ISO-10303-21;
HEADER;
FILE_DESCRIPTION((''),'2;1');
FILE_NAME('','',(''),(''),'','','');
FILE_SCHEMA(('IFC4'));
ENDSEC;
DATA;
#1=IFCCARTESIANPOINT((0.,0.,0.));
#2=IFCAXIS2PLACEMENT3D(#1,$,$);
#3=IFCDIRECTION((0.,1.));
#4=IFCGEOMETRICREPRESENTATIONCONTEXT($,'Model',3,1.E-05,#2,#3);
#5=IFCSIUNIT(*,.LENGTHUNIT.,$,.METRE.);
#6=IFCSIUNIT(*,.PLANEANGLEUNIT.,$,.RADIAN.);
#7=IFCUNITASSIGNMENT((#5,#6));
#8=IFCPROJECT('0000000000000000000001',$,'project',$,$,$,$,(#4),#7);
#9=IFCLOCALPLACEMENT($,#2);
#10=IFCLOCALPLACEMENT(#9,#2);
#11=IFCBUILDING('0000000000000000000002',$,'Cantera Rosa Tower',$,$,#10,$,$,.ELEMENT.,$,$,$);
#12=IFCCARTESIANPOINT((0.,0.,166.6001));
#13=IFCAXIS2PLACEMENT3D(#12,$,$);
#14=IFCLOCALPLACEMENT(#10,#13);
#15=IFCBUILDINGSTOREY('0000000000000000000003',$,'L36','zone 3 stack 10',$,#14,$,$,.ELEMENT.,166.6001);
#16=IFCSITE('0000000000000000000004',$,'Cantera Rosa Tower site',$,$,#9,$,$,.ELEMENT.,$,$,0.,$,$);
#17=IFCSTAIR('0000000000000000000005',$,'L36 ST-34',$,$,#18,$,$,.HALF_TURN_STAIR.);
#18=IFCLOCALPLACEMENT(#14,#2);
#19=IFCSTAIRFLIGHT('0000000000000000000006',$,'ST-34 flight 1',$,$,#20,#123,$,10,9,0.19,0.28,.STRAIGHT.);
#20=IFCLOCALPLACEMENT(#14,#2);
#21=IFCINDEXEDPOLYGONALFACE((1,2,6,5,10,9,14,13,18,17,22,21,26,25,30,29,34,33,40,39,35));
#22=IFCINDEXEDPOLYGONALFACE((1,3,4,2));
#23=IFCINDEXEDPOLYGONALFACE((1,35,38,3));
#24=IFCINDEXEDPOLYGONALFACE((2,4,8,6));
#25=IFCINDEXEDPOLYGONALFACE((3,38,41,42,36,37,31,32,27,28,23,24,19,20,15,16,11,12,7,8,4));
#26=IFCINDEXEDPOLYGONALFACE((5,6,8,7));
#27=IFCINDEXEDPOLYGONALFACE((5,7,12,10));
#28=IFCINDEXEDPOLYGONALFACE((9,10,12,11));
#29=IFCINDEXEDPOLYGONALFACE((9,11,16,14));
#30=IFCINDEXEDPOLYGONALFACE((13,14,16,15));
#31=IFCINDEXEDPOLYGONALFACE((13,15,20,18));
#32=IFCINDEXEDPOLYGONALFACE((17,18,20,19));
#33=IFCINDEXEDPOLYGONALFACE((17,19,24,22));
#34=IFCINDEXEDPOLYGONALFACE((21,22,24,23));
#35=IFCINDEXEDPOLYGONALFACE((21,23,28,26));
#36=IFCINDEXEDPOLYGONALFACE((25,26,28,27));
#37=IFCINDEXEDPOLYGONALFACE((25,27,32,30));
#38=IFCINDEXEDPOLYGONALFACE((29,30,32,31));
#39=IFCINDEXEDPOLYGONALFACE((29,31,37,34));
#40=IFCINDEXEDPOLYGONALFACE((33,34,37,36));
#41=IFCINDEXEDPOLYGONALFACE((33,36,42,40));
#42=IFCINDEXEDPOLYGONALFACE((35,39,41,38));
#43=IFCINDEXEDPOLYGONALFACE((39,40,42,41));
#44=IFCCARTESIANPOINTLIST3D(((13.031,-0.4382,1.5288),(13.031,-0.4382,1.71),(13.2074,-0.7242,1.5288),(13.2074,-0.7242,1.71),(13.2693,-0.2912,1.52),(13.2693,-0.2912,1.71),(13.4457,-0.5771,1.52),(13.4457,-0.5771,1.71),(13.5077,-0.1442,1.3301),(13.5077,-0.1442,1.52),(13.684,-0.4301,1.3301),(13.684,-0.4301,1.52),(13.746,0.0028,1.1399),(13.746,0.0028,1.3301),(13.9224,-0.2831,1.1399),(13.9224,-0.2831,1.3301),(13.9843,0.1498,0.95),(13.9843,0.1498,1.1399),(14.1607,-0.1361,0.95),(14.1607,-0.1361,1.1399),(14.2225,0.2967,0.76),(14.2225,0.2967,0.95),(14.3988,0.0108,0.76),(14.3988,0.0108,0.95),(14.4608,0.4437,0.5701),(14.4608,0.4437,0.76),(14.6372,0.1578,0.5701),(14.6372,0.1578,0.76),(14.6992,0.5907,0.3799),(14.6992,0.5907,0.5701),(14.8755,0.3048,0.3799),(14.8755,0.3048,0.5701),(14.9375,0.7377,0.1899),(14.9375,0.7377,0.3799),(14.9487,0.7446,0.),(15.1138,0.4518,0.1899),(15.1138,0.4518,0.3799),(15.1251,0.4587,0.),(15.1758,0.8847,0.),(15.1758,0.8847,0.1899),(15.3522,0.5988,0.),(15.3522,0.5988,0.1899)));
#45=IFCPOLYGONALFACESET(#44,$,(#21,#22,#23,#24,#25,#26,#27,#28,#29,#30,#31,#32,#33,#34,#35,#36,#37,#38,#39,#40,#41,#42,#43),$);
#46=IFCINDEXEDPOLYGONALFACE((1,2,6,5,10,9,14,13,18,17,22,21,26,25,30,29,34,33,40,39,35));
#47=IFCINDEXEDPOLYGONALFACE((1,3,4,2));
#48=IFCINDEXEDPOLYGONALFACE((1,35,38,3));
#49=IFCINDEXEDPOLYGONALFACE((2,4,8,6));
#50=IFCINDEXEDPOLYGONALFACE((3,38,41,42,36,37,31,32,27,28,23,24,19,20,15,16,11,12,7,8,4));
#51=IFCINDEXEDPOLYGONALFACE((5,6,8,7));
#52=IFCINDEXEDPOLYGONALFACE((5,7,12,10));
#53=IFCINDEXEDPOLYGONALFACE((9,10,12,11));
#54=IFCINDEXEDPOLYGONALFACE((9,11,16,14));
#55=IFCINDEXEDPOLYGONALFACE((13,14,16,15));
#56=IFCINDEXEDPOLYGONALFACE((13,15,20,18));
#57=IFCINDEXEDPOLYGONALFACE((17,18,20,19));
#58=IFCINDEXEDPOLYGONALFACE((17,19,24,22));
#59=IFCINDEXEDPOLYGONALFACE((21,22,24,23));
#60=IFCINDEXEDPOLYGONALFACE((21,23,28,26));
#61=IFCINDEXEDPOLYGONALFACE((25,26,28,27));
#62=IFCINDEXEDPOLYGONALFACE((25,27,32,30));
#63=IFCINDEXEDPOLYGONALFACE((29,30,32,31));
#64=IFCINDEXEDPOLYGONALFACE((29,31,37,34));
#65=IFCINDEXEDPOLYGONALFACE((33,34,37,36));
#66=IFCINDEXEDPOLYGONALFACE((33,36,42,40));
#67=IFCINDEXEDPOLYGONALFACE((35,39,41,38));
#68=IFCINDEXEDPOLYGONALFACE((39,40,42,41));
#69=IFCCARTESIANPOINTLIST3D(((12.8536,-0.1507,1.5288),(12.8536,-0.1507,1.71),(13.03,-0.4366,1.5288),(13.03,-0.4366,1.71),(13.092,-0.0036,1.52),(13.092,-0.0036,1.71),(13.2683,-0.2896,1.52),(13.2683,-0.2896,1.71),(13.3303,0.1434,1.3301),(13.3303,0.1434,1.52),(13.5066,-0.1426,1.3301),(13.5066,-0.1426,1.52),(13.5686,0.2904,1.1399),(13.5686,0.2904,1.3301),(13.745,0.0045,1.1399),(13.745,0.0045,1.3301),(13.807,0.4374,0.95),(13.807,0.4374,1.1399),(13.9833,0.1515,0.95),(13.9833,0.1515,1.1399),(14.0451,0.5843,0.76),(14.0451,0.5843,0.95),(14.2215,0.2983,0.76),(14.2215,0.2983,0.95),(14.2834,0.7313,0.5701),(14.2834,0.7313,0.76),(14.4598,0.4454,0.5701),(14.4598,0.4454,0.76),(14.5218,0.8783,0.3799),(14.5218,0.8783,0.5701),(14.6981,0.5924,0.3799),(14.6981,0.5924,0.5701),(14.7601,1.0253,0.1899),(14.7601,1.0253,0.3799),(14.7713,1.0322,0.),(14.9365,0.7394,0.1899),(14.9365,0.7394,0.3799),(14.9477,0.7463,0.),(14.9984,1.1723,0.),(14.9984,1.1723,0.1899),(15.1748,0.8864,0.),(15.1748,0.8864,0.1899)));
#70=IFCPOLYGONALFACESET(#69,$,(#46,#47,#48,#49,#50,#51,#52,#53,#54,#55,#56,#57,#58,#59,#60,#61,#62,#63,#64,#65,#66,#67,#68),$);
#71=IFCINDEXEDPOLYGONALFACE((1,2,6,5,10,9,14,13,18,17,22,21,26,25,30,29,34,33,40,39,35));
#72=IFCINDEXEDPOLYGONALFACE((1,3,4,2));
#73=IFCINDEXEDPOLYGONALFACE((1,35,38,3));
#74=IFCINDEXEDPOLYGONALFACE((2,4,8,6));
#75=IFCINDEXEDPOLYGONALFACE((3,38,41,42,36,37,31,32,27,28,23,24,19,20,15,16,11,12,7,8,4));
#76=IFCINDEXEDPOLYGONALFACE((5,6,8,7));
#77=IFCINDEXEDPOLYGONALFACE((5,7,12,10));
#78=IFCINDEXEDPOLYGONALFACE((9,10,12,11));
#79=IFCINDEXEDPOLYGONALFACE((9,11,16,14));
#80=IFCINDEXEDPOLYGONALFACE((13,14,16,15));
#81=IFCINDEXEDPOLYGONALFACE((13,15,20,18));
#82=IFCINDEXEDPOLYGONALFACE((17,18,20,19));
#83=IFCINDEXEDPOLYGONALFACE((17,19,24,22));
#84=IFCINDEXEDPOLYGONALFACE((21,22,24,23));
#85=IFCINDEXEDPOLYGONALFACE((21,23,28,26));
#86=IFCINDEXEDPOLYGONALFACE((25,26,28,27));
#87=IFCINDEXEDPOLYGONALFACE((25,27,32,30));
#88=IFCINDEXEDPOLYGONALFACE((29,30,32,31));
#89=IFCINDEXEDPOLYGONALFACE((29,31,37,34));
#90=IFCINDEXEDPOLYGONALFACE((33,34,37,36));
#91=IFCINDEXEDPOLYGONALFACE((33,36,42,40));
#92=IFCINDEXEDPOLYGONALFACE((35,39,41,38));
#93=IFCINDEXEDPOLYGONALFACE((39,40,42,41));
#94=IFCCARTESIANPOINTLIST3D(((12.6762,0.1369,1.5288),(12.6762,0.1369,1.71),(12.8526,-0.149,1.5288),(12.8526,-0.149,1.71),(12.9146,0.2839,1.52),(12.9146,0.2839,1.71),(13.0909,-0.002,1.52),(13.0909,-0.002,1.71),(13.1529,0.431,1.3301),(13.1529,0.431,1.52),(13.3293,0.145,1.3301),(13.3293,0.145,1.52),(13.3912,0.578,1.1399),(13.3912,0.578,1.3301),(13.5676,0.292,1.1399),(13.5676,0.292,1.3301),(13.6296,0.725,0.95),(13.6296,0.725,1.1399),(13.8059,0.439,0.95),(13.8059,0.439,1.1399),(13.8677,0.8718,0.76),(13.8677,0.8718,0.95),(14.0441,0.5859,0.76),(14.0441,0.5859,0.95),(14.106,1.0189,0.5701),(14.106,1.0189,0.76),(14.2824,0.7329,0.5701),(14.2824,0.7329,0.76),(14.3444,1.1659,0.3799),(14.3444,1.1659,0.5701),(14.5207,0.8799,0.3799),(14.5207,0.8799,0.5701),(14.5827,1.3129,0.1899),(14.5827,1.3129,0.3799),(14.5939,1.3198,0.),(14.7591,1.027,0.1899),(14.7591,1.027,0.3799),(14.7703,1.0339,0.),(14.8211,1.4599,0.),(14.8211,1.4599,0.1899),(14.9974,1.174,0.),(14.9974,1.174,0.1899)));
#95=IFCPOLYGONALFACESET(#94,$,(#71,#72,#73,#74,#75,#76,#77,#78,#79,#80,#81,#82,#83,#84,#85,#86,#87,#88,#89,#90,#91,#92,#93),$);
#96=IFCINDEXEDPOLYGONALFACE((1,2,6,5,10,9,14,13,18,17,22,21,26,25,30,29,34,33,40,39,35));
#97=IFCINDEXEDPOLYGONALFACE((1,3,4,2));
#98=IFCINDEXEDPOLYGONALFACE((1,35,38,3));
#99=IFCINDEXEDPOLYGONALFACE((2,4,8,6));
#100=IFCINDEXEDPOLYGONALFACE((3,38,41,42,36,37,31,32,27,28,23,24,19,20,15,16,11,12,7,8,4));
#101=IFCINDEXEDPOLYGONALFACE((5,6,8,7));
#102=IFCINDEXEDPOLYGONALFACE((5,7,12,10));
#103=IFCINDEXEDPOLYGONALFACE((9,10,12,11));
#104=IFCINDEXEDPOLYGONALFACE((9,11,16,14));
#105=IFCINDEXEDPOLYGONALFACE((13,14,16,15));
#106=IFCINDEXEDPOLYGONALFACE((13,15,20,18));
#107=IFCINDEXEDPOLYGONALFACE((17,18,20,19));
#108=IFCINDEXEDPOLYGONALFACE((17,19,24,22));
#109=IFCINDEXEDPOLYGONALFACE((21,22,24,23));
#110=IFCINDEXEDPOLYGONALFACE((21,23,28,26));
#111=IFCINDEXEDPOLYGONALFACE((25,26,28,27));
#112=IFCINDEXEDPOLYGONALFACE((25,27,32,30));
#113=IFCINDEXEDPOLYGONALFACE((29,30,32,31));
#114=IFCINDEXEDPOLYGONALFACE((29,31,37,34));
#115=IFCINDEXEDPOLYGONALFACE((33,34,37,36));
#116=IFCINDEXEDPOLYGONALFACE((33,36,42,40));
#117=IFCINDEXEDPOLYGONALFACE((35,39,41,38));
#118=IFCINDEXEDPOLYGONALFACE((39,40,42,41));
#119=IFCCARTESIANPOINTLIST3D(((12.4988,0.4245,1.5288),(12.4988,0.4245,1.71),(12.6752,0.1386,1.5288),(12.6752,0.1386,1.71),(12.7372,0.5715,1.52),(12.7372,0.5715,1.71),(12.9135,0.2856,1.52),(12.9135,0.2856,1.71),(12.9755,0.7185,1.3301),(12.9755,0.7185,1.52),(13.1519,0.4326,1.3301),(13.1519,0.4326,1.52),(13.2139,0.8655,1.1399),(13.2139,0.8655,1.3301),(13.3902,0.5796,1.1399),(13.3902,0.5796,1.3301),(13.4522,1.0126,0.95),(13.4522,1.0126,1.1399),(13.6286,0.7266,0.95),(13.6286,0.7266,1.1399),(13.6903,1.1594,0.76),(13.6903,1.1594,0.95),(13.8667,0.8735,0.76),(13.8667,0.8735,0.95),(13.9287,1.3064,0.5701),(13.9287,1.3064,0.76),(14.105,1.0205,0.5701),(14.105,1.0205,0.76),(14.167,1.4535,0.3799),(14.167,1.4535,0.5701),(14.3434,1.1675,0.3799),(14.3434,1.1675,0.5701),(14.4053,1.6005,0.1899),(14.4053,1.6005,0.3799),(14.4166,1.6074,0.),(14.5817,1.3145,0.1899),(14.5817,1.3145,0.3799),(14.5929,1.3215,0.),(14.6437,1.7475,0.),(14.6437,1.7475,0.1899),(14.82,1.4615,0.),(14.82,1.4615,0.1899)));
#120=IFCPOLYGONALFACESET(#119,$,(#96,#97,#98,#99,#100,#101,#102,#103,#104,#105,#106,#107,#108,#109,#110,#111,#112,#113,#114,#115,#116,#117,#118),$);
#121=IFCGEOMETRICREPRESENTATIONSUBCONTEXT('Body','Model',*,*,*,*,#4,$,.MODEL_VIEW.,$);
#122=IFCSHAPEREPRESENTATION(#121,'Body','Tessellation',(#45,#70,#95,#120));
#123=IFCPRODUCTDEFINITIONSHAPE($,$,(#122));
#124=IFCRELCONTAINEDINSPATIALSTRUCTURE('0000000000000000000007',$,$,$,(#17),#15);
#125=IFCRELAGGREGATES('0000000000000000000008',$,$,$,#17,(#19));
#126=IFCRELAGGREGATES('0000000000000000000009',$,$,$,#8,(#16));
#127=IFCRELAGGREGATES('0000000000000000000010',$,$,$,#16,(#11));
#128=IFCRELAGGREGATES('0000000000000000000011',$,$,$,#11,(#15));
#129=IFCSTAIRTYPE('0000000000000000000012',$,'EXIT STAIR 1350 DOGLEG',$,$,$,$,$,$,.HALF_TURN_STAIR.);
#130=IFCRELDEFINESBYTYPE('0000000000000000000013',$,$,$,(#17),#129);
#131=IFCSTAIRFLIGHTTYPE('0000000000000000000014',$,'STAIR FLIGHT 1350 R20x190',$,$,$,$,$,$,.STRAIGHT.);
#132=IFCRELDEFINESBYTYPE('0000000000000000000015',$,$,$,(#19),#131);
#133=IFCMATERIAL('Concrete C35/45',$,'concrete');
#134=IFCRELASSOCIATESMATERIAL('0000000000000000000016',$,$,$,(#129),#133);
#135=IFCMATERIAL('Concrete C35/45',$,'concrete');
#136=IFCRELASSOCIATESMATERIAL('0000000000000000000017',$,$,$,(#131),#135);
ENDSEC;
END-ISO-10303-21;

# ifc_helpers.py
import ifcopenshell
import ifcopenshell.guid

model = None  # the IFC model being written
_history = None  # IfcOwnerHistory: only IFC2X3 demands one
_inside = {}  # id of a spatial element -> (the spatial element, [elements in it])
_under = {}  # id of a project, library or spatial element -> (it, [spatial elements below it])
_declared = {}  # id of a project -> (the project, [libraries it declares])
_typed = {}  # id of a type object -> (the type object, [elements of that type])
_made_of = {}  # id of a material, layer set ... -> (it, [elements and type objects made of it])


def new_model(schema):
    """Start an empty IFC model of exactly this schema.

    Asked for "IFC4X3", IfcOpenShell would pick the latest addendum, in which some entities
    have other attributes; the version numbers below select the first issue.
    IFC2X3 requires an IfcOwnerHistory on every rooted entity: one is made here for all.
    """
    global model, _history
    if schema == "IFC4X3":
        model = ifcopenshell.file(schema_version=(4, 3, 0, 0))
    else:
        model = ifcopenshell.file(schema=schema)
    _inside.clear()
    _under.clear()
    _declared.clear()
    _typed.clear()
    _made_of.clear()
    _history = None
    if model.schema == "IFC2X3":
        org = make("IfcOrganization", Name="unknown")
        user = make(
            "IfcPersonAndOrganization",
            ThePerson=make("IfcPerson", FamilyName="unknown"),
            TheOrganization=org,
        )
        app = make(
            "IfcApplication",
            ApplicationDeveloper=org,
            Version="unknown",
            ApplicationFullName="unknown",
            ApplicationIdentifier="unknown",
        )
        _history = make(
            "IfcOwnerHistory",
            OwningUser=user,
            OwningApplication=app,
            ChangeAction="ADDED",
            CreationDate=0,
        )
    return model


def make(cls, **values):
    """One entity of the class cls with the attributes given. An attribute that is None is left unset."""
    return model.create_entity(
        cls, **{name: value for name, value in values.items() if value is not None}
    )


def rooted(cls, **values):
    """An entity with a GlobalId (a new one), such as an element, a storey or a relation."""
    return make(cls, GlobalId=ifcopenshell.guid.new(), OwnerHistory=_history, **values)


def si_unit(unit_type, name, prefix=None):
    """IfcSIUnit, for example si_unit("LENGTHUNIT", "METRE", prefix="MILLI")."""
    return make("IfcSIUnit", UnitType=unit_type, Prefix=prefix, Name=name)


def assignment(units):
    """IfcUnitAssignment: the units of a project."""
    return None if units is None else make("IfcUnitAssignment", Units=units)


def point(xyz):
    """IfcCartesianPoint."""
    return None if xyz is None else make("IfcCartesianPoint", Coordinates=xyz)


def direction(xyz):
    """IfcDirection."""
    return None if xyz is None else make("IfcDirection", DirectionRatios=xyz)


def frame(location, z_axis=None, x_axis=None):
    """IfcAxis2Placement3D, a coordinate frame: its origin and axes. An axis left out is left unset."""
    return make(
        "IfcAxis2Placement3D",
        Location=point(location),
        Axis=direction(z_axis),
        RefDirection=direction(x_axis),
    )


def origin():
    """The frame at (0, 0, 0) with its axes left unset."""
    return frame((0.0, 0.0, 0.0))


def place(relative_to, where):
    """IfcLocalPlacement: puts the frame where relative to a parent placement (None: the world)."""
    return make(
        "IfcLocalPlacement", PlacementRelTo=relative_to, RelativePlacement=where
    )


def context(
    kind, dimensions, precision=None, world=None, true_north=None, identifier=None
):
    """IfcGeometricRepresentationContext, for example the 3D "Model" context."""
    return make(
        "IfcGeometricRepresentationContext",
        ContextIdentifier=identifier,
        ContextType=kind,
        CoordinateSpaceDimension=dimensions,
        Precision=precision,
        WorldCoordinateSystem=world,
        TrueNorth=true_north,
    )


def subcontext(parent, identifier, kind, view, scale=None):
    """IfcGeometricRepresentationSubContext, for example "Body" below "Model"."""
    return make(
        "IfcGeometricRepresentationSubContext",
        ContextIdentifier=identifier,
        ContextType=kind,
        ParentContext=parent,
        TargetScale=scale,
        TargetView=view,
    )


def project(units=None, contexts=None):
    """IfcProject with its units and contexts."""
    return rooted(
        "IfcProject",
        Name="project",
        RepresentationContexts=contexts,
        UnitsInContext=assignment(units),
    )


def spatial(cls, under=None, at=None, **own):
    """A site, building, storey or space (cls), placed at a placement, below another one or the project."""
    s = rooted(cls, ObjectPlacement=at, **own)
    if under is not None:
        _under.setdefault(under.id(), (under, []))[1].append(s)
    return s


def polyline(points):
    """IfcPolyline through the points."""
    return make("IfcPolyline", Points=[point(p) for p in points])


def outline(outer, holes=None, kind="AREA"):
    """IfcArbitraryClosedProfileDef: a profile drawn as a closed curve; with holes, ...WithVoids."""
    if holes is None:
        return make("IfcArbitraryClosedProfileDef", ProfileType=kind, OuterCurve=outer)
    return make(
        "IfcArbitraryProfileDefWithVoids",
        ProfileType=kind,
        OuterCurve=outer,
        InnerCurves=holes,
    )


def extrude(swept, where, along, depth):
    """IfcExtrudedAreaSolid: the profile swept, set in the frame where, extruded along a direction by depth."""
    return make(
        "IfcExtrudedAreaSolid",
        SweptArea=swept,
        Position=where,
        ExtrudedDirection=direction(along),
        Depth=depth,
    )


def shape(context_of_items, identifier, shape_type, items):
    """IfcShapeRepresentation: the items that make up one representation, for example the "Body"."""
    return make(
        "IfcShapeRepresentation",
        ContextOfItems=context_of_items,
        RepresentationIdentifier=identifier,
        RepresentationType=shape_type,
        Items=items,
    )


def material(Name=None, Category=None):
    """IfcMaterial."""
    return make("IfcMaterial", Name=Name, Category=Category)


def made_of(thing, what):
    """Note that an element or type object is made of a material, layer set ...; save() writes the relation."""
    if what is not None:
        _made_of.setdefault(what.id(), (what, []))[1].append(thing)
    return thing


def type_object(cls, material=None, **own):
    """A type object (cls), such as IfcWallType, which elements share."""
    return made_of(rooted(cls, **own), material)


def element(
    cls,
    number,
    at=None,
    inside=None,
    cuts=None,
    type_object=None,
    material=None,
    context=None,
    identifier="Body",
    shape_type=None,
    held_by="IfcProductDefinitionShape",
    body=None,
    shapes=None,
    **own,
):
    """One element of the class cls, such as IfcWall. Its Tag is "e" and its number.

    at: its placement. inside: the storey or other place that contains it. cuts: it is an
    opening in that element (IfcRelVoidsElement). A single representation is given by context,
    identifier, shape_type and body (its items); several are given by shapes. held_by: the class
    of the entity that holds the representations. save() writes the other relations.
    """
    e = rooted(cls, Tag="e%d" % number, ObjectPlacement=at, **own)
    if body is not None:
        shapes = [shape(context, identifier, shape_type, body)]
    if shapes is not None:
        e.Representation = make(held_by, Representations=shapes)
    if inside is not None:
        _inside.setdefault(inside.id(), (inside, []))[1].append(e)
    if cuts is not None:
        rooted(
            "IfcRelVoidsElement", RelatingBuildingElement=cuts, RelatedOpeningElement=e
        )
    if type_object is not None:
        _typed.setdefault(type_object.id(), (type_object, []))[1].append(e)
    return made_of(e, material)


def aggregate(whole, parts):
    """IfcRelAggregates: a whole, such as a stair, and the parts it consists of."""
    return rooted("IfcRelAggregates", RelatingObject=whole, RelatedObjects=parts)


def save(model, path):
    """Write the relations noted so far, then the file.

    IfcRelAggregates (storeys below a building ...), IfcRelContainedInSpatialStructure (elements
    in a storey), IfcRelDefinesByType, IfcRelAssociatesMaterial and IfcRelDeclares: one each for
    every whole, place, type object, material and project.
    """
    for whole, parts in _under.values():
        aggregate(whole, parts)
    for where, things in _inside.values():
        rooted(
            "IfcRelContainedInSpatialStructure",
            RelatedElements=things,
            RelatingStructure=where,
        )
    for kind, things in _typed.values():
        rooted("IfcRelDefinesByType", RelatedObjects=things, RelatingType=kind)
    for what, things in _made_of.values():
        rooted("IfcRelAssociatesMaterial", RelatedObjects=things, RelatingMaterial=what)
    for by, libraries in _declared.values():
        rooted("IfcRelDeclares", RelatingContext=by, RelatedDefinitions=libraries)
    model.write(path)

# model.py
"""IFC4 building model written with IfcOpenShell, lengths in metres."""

from ifc_helpers import new_model, si_unit, direction, frame, origin, place, context, subcontext, project, spatial, polyline, outline, extrude, material, type_object, element, aggregate, save


model = new_model("IFC4")

# Units and contexts
model_context = context("Model", 3, precision=1e-05, world=origin(), true_north=direction((0.0, 1.0)))
body_context = subcontext(model_context, "Body", "Model", "MODEL_VIEW")
ifc_project = project(units=[si_unit("LENGTHUNIT", "METRE"), si_unit("PLANEANGLEUNIT", "RADIAN")], contexts=[model_context])

# Site, building, storey
site_placement = place(None, origin())
site = spatial("IfcSite", under=ifc_project, at=site_placement, Name="Cantera Rosa Tower site", CompositionType="ELEMENT", RefElevation=0.0)
building_placement = place(site_placement, origin())
building = spatial("IfcBuilding", under=site, at=building_placement, Name="Cantera Rosa Tower", CompositionType="ELEMENT")
storey_placement = place(building_placement, frame((0.0, 0.0, 166.6001)))
storey = spatial("IfcBuildingStorey", under=building, at=storey_placement, Name="L36", Description="zone 3 stack 10", CompositionType="ELEMENT", Elevation=166.6001)

# Stair, stair flight
ifc_material_1 = material(Name="Concrete C35/45", Category="concrete")
stair_type = type_object("IfcStairType", Name="EXIT STAIR 1350 DOGLEG", PredefinedType="HALF_TURN_STAIR", material=ifc_material_1)
ifc_material_2 = material(Name="Concrete C35/45", Category="concrete")
stair_flight_type = type_object("IfcStairFlightType", Name="STAIR FLIGHT 1350 R20x190", PredefinedType="STRAIGHT", material=ifc_material_2)
stair_1_placement = place(storey_placement, origin())
stair_1 = element("IfcStair", 1, at=stair_1_placement, inside=storey, type_object=stair_type, Name="L36 ST-34", PredefinedType="HALF_TURN_STAIR")
stair_flight_1_placement = place(storey_placement, frame((14.9978, 1.1733, 0.0), z_axis=(0.0, 0.0, 1.0), x_axis=(-0.851117, -0.524977, 0.0)))
stair_flight_1 = element("IfcStairFlight", 2, at=stair_flight_1_placement, type_object=stair_flight_type, Name="ST-34 flight 1", NumberOfRisers=10, NumberOfTreads=9, PredefinedType="STRAIGHT", RiserHeight=0.19, TreadLength=0.28, context=body_context, shape_type="SweptSolid", body=[
    extrude(outline(polyline([(0.0, 0.0), (0.0, 0.1899), (0.28, 0.1899), (0.28, 0.3799), (0.5601, 0.3799), (0.5601, 0.5701), (0.8401, 0.5701), (0.8401, 0.76), (1.1201, 0.76), (1.1201, 0.95), (1.3999, 0.95), (1.3999, 1.1399), (1.6799, 1.1399), (1.6799, 1.3301), (1.96, 1.3301), (1.96, 1.52), (2.24, 1.52), (2.24, 1.71), (2.52, 1.71), (2.52, 1.8999), (2.52, 1.5288), (0.2668, 0.0), (0.0, 0.0)])), frame((0.0, 0.675, 0.0), z_axis=(0.0, -1.0, 0.0), x_axis=(1.0, 0.0, 0.0)), (0.0, 0.0, 1.0), 0.3359),
    extrude(outline(polyline([(0.0, 0.0), (0.0, 0.1899), (0.28, 0.1899), (0.28, 0.3799), (0.5601, 0.3799), (0.5601, 0.5701), (0.8401, 0.5701), (0.8401, 0.76), (1.1201, 0.76), (1.1201, 0.95), (1.3999, 0.95), (1.3999, 1.1399), (1.6799, 1.1399), (1.6799, 1.3301), (1.96, 1.3301), (1.96, 1.52), (2.24, 1.52), (2.24, 1.71), (2.52, 1.71), (2.52, 1.8999), (2.52, 1.5288), (0.2668, 0.0), (0.0, 0.0)])), frame((0.0, 0.3372, 0.0), z_axis=(0.0, -1.0, 0.0), x_axis=(1.0, 0.0, 0.0)), (0.0, 0.0, 1.0), 0.3359),
    extrude(outline(polyline([(0.0, 0.0), (0.0, 0.1899), (0.28, 0.1899), (0.28, 0.3799), (0.5601, 0.3799), (0.5601, 0.5701), (0.8401, 0.5701), (0.8401, 0.76), (1.1201, 0.76), (1.1201, 0.95), (1.3999, 0.95), (1.3999, 1.1399), (1.6799, 1.1399), (1.6799, 1.3301), (1.96, 1.3301), (1.96, 1.52), (2.24, 1.52), (2.24, 1.71), (2.52, 1.71), (2.52, 1.8999), (2.52, 1.5288), (0.2668, 0.0), (0.0, 0.0)])), frame((0.0, -0.0007, 0.0), z_axis=(0.0, -1.0, 0.0), x_axis=(1.0, 0.0, 0.0)), (0.0, 0.0, 1.0), 0.3359),
    extrude(outline(polyline([(0.0, 0.0), (0.0, 0.1899), (0.28, 0.1899), (0.28, 0.3799), (0.5601, 0.3799), (0.5601, 0.5701), (0.8401, 0.5701), (0.8401, 0.76), (1.1201, 0.76), (1.1201, 0.95), (1.3999, 0.95), (1.3999, 1.1399), (1.6799, 1.1399), (1.6799, 1.3301), (1.96, 1.3301), (1.96, 1.52), (2.24, 1.52), (2.24, 1.71), (2.52, 1.71), (2.52, 1.8999), (2.52, 1.5288), (0.2668, 0.0), (0.0, 0.0)])), frame((0.0, -0.3386, 0.0), z_axis=(0.0, -1.0, 0.0), x_axis=(1.0, 0.0, 0.0)), (0.0, 0.0, 1.0), 0.3359),
])
aggregate(stair_1, [stair_flight_1])

save(model, "model.ifc")
